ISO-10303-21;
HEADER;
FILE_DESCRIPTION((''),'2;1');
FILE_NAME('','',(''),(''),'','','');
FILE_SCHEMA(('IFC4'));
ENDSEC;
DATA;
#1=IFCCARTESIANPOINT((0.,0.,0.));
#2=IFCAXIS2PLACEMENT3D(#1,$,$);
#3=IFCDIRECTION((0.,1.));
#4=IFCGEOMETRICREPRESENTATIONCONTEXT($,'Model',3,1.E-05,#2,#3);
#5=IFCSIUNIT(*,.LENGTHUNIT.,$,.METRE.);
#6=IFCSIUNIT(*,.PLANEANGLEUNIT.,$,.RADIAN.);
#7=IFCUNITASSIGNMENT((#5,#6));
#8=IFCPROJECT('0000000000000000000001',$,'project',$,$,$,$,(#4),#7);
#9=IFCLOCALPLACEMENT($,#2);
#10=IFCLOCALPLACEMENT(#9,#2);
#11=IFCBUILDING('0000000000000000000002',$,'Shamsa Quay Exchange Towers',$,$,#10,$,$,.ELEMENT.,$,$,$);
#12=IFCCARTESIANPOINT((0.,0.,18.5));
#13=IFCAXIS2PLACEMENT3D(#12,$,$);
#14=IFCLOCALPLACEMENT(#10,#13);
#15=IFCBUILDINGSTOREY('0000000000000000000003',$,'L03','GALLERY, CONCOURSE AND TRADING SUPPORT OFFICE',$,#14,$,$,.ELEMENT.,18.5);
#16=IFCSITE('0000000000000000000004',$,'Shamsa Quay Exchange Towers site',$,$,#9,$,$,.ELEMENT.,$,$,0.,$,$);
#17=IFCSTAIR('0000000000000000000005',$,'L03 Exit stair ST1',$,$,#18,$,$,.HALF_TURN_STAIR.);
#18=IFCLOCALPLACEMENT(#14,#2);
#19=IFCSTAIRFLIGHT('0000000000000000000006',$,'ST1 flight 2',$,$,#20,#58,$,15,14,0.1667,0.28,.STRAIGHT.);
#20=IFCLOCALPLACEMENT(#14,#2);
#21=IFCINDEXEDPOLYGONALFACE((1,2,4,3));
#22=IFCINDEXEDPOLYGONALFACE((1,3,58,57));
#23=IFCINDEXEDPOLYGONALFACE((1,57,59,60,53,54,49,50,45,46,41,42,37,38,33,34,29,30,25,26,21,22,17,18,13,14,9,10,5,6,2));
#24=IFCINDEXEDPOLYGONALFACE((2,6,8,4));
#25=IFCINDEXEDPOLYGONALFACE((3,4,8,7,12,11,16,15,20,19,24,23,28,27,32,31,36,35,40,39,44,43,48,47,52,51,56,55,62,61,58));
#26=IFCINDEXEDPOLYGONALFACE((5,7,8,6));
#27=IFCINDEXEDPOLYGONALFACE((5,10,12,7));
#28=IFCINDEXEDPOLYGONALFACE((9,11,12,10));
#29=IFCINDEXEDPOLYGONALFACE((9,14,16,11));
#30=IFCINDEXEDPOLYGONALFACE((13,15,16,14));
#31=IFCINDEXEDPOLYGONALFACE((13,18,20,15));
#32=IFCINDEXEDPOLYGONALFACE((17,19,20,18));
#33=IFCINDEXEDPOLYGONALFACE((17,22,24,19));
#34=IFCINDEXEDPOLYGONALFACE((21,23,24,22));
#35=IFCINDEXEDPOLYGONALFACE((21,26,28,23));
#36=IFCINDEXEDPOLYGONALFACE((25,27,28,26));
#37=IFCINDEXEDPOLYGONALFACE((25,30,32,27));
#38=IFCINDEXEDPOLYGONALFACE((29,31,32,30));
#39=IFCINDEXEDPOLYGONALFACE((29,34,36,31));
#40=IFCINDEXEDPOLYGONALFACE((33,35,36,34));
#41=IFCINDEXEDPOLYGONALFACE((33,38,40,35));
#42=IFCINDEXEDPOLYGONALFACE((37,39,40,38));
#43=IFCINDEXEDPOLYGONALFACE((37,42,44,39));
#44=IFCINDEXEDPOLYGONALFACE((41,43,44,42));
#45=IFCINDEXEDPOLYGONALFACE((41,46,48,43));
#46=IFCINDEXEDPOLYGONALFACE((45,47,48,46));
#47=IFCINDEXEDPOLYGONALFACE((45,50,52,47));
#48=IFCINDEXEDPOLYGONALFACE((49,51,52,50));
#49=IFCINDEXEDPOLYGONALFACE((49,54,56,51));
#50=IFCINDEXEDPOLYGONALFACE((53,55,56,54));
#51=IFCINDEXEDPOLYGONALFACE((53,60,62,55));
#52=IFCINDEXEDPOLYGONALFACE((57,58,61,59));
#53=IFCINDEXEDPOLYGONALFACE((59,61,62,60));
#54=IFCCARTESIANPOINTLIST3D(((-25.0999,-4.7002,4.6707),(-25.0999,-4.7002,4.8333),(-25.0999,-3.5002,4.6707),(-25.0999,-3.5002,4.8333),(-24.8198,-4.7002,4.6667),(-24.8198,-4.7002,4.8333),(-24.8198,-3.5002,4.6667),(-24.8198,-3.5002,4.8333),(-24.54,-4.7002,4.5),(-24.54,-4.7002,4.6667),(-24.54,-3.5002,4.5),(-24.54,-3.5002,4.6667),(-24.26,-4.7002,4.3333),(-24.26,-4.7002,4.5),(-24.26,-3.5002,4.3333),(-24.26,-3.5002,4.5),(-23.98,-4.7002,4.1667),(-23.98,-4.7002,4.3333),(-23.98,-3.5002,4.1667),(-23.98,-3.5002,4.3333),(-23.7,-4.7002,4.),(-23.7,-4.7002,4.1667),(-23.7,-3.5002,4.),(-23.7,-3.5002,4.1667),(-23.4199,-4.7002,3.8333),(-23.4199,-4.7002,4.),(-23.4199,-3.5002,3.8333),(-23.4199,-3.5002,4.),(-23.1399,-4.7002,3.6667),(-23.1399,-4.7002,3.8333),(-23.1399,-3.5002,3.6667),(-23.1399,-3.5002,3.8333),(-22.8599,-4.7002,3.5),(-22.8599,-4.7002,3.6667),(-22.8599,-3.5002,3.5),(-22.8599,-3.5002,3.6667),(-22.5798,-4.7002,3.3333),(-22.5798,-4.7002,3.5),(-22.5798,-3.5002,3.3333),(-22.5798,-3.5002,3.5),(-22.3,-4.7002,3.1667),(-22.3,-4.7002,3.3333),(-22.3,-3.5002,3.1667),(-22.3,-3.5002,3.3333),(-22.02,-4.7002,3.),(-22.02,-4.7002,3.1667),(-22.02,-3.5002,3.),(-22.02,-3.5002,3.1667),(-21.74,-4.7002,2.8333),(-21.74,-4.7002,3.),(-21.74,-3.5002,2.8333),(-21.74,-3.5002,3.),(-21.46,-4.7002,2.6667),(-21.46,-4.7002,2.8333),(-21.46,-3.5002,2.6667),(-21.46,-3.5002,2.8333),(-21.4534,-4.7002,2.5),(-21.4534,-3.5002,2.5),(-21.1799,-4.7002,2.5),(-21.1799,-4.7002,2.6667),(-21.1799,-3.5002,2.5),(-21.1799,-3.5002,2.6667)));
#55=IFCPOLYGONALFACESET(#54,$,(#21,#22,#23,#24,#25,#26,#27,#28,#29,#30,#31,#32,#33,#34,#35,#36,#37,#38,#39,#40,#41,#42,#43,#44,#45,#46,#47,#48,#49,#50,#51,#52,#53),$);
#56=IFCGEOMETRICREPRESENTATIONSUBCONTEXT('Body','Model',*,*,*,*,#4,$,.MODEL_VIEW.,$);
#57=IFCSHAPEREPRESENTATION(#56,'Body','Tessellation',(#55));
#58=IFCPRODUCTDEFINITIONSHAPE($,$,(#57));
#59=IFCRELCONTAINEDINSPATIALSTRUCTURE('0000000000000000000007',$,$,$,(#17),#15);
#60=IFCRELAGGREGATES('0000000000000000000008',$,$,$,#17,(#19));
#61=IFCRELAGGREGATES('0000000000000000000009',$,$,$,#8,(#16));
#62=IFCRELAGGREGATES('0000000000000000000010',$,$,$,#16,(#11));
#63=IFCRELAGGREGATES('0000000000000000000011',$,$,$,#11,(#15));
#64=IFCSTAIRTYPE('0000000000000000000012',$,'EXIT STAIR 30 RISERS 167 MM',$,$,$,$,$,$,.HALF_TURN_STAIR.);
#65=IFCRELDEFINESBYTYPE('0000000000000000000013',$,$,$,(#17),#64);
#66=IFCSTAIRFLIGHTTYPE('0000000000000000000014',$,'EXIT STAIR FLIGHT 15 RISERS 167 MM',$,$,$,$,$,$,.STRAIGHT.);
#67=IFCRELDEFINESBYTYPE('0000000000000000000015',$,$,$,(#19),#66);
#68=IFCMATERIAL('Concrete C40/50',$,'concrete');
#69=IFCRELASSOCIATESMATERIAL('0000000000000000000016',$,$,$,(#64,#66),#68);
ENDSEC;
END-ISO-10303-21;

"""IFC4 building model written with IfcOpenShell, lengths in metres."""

from ifc_helpers import new_model, si_unit, direction, frame, origin, place, context, subcontext, project, spatial, polyline, outline, extrude, material, type_object, element, aggregate, save


model = new_model("IFC4")

# Units and contexts
model_context = context("Model", 3, precision=1e-05, world=origin(), true_north=direction((0.0, 1.0)))
body_context = subcontext(model_context, "Body", "Model", "MODEL_VIEW")
ifc_project = project(units=[si_unit("LENGTHUNIT", "METRE"), si_unit("PLANEANGLEUNIT", "RADIAN")], contexts=[model_context])

# Site, building, storey
site_placement = place(None, origin())
site = spatial("IfcSite", under=ifc_project, at=site_placement, Name="Shamsa Quay Exchange Towers site", CompositionType="ELEMENT", RefElevation=0.0)
building_placement = place(site_placement, origin())
building = spatial("IfcBuilding", under=site, at=building_placement, Name="Shamsa Quay Exchange Towers", CompositionType="ELEMENT")
storey_placement = place(building_placement, frame((0.0, 0.0, 18.5)))
storey = spatial("IfcBuildingStorey", under=building, at=storey_placement, Name="L03", Description="GALLERY, CONCOURSE AND TRADING SUPPORT OFFICE", CompositionType="ELEMENT", Elevation=18.5)

# Stair, stair flight
ifc_material_1 = material(Name="Concrete C40/50", Category="concrete")
stair_type = type_object("IfcStairType", Name="EXIT STAIR 30 RISERS 167 MM", PredefinedType="HALF_TURN_STAIR", material=ifc_material_1)
stair_placement = place(storey_placement, origin())
stair = element("IfcStair", 1, at=stair_placement, inside=storey, type_object=stair_type, Name="L03 Exit stair ST1", PredefinedType="HALF_TURN_STAIR")
stair_flight_type = type_object("IfcStairFlightType", Name="EXIT STAIR FLIGHT 15 RISERS 167 MM", PredefinedType="STRAIGHT", material=ifc_material_1)
stair_flight_1_placement = place(storey_placement, frame((-21.1799, -4.1001, 2.5), z_axis=(0.0, 0.0, 1.0), x_axis=(-1.0, 0.0, 0.0)))
stair_flight_1 = element("IfcStairFlight", 2, at=stair_flight_1_placement, type_object=stair_flight_type, Name="ST1 flight 2", NumberOfRisers=15, NumberOfTreads=14, PredefinedType="STRAIGHT", RiserHeight=0.1667, TreadLength=0.28, context=body_context, shape_type="SweptSolid", body=[
    extrude(outline(polyline([(0.0, 0.0), (0.0, 0.1667), (0.28, 0.1667), (0.28, 0.3333), (0.5601, 0.3333), (0.5601, 0.5), (0.8401, 0.5), (0.8401, 0.6667), (1.1201, 0.6667), (1.1201, 0.8333), (1.3999, 0.8333), (1.3999, 1.0), (1.6799, 1.0), (1.6799, 1.1667), (1.96, 1.1667), (1.96, 1.3333), (2.24, 1.3333), (2.24, 1.5), (2.52, 1.5), (2.52, 1.6667), (2.8, 1.6667), (2.8, 1.8333), (3.0801, 1.8333), (3.0801, 2.0), (3.3601, 2.0), (3.3601, 2.1667), (3.6399, 2.1667), (3.6399, 2.3333), (3.9199, 2.3333), (3.9199, 2.5), (3.9199, 2.1707), (0.2734, 0.0), (0.0, 0.0)])), frame((0.0, 0.6001, 0.0), z_axis=(0.0, -1.0, 0.0), x_axis=(1.0, 0.0, 0.0)), (0.0, 0.0, 1.0), 1.2),
])
aggregate(stair, [stair_flight_1])

save(model, "model.ifc")
